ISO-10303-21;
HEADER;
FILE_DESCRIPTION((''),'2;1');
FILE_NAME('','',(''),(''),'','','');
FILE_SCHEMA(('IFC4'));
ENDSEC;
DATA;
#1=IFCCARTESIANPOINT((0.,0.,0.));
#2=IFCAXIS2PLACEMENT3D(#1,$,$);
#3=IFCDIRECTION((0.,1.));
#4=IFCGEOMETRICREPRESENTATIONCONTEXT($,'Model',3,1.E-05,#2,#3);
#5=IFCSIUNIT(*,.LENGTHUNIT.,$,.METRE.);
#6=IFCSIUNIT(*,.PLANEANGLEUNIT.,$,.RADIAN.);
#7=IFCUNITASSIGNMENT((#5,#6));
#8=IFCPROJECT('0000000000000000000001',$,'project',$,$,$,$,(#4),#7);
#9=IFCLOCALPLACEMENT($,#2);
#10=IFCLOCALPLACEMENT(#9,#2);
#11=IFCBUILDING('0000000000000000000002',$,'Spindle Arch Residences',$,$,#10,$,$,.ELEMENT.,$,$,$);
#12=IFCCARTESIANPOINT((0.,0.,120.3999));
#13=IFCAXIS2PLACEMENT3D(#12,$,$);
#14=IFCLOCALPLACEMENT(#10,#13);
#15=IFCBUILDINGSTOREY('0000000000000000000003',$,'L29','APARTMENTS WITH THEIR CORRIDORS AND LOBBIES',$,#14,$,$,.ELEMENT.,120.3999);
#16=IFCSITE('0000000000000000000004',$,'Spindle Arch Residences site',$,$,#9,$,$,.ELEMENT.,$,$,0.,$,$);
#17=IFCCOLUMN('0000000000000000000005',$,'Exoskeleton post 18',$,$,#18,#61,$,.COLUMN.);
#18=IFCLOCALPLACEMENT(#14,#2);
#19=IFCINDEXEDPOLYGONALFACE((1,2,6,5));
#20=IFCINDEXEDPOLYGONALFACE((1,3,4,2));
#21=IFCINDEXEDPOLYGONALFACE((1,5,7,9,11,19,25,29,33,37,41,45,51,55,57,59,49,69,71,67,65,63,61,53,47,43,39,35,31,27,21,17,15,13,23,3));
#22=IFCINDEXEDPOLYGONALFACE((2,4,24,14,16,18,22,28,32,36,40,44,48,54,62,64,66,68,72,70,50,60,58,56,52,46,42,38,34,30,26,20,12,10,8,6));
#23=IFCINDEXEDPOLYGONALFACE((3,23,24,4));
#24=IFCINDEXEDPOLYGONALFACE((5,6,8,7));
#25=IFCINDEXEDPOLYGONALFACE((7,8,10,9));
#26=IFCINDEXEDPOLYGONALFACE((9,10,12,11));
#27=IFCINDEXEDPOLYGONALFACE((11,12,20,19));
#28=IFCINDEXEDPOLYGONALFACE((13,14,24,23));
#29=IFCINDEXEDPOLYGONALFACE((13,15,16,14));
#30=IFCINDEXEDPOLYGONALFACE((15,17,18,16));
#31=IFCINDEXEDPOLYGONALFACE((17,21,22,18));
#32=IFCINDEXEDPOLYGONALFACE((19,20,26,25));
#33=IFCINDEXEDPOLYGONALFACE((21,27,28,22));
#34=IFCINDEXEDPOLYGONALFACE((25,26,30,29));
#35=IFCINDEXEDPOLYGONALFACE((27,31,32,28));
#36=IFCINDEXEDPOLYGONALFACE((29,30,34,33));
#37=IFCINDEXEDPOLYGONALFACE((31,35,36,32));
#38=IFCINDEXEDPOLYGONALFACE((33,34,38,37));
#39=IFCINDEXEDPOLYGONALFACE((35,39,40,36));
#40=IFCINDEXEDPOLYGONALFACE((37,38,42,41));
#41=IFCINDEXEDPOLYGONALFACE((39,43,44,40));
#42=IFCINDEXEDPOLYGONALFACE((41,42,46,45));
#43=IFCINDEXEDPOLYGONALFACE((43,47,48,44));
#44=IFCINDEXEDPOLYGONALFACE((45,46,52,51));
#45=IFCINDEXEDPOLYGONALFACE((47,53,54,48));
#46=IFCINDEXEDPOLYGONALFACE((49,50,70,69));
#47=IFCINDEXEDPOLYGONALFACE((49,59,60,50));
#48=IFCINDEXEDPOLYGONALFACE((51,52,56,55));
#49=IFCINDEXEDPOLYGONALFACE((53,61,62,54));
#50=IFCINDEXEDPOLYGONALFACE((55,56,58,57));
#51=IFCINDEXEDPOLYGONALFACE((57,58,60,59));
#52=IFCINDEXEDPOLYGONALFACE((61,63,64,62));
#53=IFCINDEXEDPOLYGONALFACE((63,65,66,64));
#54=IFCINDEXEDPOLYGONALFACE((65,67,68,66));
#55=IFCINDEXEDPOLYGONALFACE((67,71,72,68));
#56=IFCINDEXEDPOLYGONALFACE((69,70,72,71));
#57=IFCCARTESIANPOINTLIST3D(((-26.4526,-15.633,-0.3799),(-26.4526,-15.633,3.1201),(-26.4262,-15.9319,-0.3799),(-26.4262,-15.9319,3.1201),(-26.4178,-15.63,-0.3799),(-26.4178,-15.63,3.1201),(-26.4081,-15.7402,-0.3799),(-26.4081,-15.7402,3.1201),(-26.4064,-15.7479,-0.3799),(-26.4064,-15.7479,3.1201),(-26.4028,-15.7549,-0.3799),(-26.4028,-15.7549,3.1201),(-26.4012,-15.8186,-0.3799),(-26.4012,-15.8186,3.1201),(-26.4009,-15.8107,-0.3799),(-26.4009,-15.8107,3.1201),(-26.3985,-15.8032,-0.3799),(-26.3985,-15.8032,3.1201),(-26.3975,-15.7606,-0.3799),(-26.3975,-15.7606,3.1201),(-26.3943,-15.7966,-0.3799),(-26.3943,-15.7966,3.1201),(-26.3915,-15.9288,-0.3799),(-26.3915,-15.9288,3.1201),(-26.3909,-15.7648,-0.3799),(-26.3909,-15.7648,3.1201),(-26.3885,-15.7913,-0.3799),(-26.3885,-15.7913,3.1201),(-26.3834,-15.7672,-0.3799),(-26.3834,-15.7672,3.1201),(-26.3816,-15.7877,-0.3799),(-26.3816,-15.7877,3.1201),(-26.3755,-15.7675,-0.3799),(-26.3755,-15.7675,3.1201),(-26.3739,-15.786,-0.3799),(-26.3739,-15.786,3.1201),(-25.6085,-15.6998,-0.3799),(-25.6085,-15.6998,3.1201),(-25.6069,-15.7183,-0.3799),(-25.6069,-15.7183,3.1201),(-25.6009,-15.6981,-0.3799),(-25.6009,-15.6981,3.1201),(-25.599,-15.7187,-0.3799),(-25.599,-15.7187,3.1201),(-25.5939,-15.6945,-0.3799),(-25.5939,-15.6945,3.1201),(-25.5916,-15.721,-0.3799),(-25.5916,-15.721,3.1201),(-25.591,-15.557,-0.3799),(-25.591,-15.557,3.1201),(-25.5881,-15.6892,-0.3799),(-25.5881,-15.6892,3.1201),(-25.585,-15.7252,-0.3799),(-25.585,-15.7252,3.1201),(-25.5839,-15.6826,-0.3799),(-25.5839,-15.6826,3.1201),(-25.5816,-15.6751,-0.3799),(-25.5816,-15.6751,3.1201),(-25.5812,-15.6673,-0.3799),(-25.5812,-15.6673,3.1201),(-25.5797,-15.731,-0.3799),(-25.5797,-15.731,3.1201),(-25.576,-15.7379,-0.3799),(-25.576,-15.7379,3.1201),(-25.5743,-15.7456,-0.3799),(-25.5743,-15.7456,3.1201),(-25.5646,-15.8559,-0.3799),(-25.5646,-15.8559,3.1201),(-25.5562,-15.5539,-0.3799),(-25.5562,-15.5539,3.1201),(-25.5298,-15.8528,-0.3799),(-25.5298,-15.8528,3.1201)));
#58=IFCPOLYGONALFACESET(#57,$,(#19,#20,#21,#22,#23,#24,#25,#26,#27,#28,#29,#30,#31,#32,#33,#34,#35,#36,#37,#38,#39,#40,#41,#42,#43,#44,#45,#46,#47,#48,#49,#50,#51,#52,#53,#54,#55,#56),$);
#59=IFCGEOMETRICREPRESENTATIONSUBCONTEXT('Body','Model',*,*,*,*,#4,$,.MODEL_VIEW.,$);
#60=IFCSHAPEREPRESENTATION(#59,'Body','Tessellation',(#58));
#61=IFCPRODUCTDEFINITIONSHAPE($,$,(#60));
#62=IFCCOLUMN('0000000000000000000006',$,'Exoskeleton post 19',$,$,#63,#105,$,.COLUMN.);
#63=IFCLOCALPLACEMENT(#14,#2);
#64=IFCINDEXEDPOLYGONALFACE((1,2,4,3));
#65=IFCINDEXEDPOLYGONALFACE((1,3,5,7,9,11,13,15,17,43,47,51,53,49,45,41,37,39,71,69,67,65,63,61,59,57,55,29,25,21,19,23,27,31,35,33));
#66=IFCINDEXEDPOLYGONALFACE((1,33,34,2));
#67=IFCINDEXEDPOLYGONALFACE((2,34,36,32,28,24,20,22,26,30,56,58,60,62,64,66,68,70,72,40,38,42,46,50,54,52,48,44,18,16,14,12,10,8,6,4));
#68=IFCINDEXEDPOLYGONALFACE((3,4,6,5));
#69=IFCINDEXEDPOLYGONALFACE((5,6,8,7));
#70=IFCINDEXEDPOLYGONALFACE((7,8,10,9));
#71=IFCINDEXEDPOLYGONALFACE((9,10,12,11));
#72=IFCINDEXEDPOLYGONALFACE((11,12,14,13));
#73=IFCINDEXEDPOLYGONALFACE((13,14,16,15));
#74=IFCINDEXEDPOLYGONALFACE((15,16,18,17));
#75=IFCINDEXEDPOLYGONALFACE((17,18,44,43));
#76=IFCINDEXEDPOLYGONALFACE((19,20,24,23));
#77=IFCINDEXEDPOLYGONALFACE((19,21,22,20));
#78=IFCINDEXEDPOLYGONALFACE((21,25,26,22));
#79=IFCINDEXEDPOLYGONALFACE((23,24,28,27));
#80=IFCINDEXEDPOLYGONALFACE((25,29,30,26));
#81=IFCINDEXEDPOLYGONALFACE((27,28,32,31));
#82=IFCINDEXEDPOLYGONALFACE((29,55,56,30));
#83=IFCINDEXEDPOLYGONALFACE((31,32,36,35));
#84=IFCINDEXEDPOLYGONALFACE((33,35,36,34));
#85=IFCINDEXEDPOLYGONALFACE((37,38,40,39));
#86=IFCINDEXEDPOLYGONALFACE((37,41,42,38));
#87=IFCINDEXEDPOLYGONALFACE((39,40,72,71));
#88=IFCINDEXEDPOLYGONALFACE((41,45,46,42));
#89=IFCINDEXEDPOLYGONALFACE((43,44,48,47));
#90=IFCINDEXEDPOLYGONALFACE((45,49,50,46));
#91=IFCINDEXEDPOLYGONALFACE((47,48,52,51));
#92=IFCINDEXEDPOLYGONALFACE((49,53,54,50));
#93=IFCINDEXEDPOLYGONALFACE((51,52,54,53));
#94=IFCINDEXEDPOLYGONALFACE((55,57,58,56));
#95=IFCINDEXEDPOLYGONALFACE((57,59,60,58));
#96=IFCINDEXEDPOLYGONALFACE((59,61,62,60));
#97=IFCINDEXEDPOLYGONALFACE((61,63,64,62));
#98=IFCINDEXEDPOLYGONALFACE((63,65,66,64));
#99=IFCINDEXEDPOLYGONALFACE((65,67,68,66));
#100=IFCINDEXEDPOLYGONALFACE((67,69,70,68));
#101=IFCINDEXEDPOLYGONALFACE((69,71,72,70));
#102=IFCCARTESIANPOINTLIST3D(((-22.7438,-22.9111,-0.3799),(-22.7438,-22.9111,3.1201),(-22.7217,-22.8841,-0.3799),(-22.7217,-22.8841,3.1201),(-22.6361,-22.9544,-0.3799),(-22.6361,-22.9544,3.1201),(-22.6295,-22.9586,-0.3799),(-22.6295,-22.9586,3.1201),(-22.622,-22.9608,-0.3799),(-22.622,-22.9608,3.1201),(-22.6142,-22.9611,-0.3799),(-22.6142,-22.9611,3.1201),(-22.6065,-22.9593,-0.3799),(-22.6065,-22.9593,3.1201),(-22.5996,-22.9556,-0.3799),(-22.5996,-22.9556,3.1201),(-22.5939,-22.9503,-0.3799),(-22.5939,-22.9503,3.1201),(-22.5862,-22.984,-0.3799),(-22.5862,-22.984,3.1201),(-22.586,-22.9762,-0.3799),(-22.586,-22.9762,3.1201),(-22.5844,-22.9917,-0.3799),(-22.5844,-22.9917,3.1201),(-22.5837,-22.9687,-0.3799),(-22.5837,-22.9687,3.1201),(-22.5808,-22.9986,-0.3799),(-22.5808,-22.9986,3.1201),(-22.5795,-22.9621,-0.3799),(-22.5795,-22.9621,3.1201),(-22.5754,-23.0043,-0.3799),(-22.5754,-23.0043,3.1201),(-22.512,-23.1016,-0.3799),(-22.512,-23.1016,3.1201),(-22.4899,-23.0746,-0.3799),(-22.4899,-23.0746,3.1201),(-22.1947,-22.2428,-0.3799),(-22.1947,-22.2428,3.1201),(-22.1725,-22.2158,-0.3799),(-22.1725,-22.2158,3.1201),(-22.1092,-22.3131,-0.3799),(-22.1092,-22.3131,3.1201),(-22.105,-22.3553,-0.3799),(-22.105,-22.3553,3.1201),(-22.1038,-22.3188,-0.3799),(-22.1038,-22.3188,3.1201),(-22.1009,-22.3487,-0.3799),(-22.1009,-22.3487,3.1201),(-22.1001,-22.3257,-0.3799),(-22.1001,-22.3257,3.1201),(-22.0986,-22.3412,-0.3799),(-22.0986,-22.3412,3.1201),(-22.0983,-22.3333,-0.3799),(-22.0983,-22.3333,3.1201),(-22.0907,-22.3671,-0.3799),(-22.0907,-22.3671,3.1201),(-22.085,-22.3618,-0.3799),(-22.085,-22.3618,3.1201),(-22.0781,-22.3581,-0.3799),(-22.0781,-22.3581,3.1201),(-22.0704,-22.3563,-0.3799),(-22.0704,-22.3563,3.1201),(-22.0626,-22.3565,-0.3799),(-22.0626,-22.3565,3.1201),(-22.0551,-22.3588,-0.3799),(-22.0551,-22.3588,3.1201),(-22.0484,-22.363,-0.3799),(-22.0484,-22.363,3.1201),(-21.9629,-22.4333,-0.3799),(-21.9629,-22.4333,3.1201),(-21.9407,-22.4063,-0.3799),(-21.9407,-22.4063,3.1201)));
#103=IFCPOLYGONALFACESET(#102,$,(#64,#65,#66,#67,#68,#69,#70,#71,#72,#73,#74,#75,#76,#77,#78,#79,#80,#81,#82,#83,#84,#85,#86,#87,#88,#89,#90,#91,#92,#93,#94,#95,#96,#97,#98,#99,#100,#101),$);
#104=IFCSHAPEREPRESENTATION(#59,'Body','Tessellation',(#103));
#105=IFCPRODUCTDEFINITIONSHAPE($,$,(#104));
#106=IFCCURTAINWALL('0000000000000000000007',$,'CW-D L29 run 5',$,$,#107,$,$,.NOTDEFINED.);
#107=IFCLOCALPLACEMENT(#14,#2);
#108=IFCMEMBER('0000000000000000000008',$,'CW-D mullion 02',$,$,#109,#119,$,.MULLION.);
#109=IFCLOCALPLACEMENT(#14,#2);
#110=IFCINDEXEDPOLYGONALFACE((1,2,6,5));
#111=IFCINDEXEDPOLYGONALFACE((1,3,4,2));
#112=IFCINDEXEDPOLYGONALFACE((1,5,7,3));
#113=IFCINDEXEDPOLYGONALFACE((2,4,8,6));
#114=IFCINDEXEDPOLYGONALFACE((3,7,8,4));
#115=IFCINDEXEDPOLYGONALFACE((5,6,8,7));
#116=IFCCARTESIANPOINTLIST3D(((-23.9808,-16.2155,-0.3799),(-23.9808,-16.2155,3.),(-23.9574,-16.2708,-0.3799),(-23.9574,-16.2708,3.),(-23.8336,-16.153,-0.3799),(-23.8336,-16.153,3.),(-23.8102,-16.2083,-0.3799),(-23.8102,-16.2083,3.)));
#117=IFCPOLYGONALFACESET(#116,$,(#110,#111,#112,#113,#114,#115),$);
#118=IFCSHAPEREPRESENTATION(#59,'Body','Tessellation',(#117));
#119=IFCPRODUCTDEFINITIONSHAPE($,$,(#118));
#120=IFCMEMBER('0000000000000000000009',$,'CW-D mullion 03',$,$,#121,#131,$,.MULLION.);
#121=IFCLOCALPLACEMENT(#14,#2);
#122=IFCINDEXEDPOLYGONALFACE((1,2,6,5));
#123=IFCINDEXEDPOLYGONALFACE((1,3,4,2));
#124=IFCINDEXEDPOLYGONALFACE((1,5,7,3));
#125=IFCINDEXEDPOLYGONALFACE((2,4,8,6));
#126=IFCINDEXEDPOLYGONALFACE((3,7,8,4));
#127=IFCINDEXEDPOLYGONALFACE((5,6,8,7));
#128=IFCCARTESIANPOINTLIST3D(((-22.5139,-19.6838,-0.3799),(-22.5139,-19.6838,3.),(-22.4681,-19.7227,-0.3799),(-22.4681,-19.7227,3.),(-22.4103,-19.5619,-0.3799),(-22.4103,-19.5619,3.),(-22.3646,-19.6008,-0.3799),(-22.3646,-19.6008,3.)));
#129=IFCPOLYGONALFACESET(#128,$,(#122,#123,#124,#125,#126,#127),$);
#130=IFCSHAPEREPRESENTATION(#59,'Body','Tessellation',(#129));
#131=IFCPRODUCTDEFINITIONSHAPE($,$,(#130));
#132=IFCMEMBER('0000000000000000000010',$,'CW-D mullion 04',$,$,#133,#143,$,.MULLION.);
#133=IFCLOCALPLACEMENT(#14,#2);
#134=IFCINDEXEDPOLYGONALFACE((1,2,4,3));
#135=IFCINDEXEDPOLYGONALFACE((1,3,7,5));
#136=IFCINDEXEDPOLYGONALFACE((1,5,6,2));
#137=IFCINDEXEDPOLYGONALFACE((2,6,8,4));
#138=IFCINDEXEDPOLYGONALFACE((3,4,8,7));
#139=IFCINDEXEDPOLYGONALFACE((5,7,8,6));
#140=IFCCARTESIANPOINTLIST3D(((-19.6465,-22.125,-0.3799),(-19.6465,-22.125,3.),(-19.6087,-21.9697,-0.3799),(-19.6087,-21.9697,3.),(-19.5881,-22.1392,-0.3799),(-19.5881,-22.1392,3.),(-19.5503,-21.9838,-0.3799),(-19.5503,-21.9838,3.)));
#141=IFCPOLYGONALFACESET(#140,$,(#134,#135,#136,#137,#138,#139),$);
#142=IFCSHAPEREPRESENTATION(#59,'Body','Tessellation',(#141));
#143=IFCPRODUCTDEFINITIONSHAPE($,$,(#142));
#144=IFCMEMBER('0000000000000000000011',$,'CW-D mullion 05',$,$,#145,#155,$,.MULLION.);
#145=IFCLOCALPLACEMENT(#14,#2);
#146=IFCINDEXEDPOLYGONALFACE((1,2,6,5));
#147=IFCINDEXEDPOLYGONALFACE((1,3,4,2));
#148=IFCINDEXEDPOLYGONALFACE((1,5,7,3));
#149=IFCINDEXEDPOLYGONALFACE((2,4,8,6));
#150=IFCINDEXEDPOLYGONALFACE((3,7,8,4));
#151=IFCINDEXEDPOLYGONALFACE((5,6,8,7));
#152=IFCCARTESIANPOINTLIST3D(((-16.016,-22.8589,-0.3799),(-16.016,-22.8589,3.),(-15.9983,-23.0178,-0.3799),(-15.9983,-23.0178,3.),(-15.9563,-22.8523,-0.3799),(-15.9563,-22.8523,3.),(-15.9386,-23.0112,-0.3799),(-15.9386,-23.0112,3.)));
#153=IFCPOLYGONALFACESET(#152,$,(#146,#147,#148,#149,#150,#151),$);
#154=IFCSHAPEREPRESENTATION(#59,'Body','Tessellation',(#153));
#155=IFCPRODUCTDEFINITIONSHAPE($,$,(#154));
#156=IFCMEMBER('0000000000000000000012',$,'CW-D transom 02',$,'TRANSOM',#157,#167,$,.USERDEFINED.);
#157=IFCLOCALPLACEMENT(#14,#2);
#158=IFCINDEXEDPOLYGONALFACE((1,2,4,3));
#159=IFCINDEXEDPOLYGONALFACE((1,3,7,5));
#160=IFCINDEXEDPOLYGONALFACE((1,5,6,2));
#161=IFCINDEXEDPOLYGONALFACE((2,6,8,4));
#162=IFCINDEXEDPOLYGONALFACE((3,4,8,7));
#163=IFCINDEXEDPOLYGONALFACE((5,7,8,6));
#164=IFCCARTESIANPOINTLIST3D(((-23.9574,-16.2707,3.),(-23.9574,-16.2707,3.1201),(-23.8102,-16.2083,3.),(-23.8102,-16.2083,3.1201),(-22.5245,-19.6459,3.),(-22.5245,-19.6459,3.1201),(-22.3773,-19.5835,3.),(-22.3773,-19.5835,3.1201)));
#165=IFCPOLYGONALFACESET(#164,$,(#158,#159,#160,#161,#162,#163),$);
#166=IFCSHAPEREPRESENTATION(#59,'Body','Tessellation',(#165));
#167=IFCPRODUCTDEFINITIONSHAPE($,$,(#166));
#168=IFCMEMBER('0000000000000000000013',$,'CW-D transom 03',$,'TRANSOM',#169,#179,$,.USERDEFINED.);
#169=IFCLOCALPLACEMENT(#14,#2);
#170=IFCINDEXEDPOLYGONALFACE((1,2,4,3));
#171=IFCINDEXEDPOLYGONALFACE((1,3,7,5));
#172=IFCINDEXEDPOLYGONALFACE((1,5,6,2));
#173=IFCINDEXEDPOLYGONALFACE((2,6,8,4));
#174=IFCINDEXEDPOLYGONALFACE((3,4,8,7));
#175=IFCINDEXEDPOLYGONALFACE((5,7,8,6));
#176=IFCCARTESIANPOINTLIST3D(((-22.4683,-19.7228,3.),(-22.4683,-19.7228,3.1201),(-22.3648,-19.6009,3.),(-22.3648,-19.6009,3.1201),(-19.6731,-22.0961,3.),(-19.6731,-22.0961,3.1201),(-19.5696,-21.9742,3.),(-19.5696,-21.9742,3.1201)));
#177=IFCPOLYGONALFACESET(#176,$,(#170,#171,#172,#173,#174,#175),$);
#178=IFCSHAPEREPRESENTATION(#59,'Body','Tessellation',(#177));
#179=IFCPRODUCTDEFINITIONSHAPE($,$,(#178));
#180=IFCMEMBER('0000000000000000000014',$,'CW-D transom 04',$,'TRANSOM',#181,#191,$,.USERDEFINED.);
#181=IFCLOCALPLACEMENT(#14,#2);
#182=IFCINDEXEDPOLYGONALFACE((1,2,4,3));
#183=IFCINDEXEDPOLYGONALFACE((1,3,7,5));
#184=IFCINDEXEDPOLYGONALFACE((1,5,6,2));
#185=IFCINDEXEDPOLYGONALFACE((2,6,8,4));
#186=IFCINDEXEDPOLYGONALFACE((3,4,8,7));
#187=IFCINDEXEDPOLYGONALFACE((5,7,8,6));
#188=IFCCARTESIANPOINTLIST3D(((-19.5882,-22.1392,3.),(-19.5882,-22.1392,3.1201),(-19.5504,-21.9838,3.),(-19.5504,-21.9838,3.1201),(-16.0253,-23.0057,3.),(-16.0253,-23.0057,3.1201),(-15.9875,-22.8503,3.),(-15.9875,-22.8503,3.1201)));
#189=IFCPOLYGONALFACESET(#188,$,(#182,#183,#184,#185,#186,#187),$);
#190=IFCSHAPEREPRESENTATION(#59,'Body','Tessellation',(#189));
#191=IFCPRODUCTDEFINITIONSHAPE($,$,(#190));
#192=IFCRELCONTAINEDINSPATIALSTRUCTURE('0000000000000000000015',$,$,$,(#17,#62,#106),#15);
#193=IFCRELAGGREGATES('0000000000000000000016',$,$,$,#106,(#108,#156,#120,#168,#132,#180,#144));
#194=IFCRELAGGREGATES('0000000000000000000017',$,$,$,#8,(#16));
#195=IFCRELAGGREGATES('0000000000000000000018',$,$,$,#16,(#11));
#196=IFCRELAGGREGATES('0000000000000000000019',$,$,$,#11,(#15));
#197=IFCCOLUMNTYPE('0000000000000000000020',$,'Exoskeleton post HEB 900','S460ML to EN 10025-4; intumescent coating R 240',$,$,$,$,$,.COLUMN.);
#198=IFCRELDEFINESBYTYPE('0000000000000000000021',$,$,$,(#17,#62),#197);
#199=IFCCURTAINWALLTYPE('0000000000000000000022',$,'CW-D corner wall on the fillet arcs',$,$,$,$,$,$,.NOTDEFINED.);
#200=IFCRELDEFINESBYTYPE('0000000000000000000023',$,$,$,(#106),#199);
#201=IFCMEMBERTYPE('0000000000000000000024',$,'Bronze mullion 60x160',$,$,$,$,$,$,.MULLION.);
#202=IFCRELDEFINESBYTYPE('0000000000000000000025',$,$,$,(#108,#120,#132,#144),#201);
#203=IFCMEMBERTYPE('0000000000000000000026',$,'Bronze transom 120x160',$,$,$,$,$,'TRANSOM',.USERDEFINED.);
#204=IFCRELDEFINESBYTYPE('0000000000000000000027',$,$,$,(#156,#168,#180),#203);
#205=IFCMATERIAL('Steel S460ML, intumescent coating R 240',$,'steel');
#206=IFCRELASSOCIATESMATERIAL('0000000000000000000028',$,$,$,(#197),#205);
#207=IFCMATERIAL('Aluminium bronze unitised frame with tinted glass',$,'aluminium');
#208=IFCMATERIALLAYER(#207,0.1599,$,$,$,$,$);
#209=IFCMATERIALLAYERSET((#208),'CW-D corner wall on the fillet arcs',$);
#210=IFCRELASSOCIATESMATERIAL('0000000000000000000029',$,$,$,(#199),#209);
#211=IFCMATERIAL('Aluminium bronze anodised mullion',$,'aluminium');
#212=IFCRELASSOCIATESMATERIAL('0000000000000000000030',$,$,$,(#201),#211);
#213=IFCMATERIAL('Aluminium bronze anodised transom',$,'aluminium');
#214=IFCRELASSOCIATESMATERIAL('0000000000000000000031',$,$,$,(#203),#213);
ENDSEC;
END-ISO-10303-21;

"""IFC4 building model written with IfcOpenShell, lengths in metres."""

from ifc_helpers import new_model, si_unit, direction, frame, origin, origin_2d, place, context, subcontext, project, spatial, rectangle, i_section, extrude, material, layer, layer_set, material_profile, profile_set, type_object, element, aggregate, save


model = new_model("IFC4")

# Units and contexts
model_context = context("Model", 3, precision=1e-05, world=origin(), true_north=direction((0.0, 1.0)))
body_context = subcontext(model_context, "Body", "Model", "MODEL_VIEW")
ifc_project = project(units=[si_unit("LENGTHUNIT", "METRE"), si_unit("PLANEANGLEUNIT", "RADIAN")], contexts=[model_context])

# Site, building, storey
site_placement = place(None, origin())
site = spatial("IfcSite", under=ifc_project, at=site_placement, Name="Spindle Arch Residences site", CompositionType="ELEMENT", RefElevation=0.0)
building_placement = place(site_placement, origin())
building = spatial("IfcBuilding", under=site, at=building_placement, Name="Spindle Arch Residences", CompositionType="ELEMENT")
storey_placement = place(building_placement, frame((0.0, 0.0, 120.3999)))
storey = spatial("IfcBuildingStorey", under=building, at=storey_placement, Name="L29", Description="APARTMENTS WITH THEIR CORRIDORS AND LOBBIES", CompositionType="ELEMENT", Elevation=120.3999)

# Columns
ifc_material_1 = material(Name="Steel S460ML, intumescent coating R 240", Category="steel")
ifc_material_profile_1 = material_profile(ifc_material_1, i_section(OverallWidth=0.3, OverallDepth=0.8999, WebThickness=0.0186, FlangeThickness=0.0349, FilletRadius=0.03, at=origin_2d()), Name="HEB 900")
ifc_profile_set_1 = profile_set([ifc_material_profile_1], Name="Steel S460ML, intumescent coating R 240")
column_type = type_object("IfcColumnType", Name="Exoskeleton post HEB 900", Description="S460ML to EN 10025-4; intumescent coating R 240", PredefinedType="COLUMN", material=ifc_profile_set_1)
for number, where, z_axis, x_axis, name in (
    (1, (-25.9912, -15.7429, -0.3799), (0.0, 0.0, 1.0), (-0.087905, 0.996129, 0.0), "Exoskeleton post 18"),
    (2, (-22.3423, -22.6587, -0.3799), (0.0, 0.0, 1.0), (-0.772638, 0.634847, 0.0), "Exoskeleton post 19"),
):
    element("IfcColumn", number, at=place(storey_placement, frame(where, z_axis=z_axis, x_axis=x_axis)), inside=storey, type_object=column_type, Name=name, PredefinedType="COLUMN", context=body_context, shape_type="SweptSolid", body=[
        extrude(i_section(OverallWidth=0.3, OverallDepth=0.8999, WebThickness=0.0186, FlangeThickness=0.0349, FilletRadius=0.03, at=origin_2d()), origin(), (0.0, 0.0, 1.0), 3.5),
    ])

# Curtain wall, members
ifc_material_2 = material(Name="Aluminium bronze unitised frame with tinted glass", Category="aluminium")
ifc_layer_1 = layer(ifc_material_2, 0.1599)
ifc_layer_set_1 = layer_set([ifc_layer_1], Name="CW-D corner wall on the fillet arcs")
curtain_wall_type = type_object("IfcCurtainWallType", Name="CW-D corner wall on the fillet arcs", PredefinedType="NOTDEFINED", material=ifc_layer_set_1)
curtain_wall_placement = place(storey_placement, origin())
curtain_wall = element("IfcCurtainWall", 3, at=curtain_wall_placement, inside=storey, type_object=curtain_wall_type, Name="CW-D L29 run 5", PredefinedType="NOTDEFINED")
ifc_material_3 = material(Name="Aluminium bronze anodised mullion", Category="aluminium")
ifc_material_profile_2 = material_profile(ifc_material_3, rectangle(XDim=0.1599, YDim=0.0601, at=origin_2d()), Name="MU 60x160")
ifc_profile_set_2 = profile_set([ifc_material_profile_2], Name="Aluminium bronze anodised mullion")
member_type_1 = type_object("IfcMemberType", Name="Bronze mullion 60x160", PredefinedType="MULLION", material=ifc_profile_set_2)
member_1_placement = place(storey_placement, frame((-23.8955, -16.2119, -0.3799), z_axis=(0.0, 0.0, 1.0), x_axis=(0.920505, 0.390731, 0.0)))
member_1 = element("IfcMember", 4, at=member_1_placement, type_object=member_type_1, Name="CW-D mullion 02", PredefinedType="MULLION", context=body_context, shape_type="SweptSolid", body=[
    extrude(rectangle(XDim=0.1599, YDim=0.0601, at=origin_2d()), origin(), (0.0, 0.0, 1.0), 3.3799),
])
member_2_placement = place(storey_placement, frame((-22.4392, -19.6423, -0.3799), z_axis=(0.0, 0.0, 1.0), x_axis=(0.647233, 0.762292, 0.0)))
member_2 = element("IfcMember", 5, at=member_2_placement, type_object=member_type_1, Name="CW-D mullion 03", PredefinedType="MULLION", context=body_context, shape_type="SweptSolid", body=[
    extrude(rectangle(XDim=0.1599, YDim=0.0601, at=origin_2d()), origin(), (0.0, 0.0, 1.0), 3.3799),
])
member_3_placement = place(storey_placement, frame((-19.5984, -22.0544, -0.3799), z_axis=(0.0, 0.0, 1.0), x_axis=(0.236273, 0.971687, 0.0)))
member_3 = element("IfcMember", 6, at=member_3_placement, type_object=member_type_1, Name="CW-D mullion 04", PredefinedType="MULLION", context=body_context, shape_type="SweptSolid", body=[
    extrude(rectangle(XDim=0.1599, YDim=0.0601, at=origin_2d()), origin(), (0.0, 0.0, 1.0), 3.3799),
])
member_4_placement = place(storey_placement, frame((-15.9773, -22.9351, -0.3799), z_axis=(0.0, 0.0, 1.0), x_axis=(-0.110313, 0.993897, 0.0)))
member_4 = element("IfcMember", 7, at=member_4_placement, type_object=member_type_1, Name="CW-D mullion 05", PredefinedType="MULLION", context=body_context, shape_type="SweptSolid", body=[
    extrude(rectangle(XDim=0.1599, YDim=0.0601, at=origin_2d()), origin(), (0.0, 0.0, 1.0), 3.3799),
])
ifc_material_4 = material(Name="Aluminium bronze anodised transom", Category="aluminium")
ifc_material_profile_3 = material_profile(ifc_material_4, rectangle(XDim=0.1599, YDim=0.1201, at=origin_2d()), Name="TR 120x160")
ifc_profile_set_3 = profile_set([ifc_material_profile_3], Name="Aluminium bronze anodised transom")
member_type_2 = type_object("IfcMemberType", Name="Bronze transom 120x160", ElementType="TRANSOM", PredefinedType="USERDEFINED", material=ifc_profile_set_3)
member_5_placement = place(storey_placement, frame((-23.8838, -16.2395, 3.0601), z_axis=(0.390767, -0.92049, 0.0), x_axis=(0.92049, 0.390767, 0.0)))
member_5 = element("IfcMember", 8, at=member_5_placement, type_object=member_type_2, Name="CW-D transom 02", ObjectType="TRANSOM", PredefinedType="USERDEFINED", context=body_context, shape_type="SweptSolid", body=[
    extrude(rectangle(XDim=0.1599, YDim=0.1201, at=origin_2d()), origin(), (0.0, 0.0, 1.0), 3.6667),
])
member_6_placement = place(storey_placement, frame((-22.4165, -19.6619, 3.0601), z_axis=(0.762289, -0.647237, 0.0), x_axis=(0.647237, 0.762289, 0.0)))
member_6 = element("IfcMember", 9, at=member_6_placement, type_object=member_type_2, Name="CW-D transom 03", ObjectType="TRANSOM", PredefinedType="USERDEFINED", context=body_context, shape_type="SweptSolid", body=[
    extrude(rectangle(XDim=0.1599, YDim=0.1201, at=origin_2d()), origin(), (0.0, 0.0, 1.0), 3.6667),
])
member_7_placement = place(storey_placement, frame((-19.5693, -22.0615, 3.0601), z_axis=(0.971681, -0.236296, 0.0), x_axis=(0.236296, 0.971681, 0.0)))
member_7 = element("IfcMember", 10, at=member_7_placement, type_object=member_type_2, Name="CW-D transom 04", ObjectType="TRANSOM", PredefinedType="USERDEFINED", context=body_context, shape_type="SweptSolid", body=[
    extrude(rectangle(XDim=0.1599, YDim=0.1201, at=origin_2d()), origin(), (0.0, 0.0, 1.0), 3.6667),
])

aggregate(curtain_wall, [member_1, member_5, member_2, member_6, member_3, member_7, member_4])

save(model, "model.ifc")
